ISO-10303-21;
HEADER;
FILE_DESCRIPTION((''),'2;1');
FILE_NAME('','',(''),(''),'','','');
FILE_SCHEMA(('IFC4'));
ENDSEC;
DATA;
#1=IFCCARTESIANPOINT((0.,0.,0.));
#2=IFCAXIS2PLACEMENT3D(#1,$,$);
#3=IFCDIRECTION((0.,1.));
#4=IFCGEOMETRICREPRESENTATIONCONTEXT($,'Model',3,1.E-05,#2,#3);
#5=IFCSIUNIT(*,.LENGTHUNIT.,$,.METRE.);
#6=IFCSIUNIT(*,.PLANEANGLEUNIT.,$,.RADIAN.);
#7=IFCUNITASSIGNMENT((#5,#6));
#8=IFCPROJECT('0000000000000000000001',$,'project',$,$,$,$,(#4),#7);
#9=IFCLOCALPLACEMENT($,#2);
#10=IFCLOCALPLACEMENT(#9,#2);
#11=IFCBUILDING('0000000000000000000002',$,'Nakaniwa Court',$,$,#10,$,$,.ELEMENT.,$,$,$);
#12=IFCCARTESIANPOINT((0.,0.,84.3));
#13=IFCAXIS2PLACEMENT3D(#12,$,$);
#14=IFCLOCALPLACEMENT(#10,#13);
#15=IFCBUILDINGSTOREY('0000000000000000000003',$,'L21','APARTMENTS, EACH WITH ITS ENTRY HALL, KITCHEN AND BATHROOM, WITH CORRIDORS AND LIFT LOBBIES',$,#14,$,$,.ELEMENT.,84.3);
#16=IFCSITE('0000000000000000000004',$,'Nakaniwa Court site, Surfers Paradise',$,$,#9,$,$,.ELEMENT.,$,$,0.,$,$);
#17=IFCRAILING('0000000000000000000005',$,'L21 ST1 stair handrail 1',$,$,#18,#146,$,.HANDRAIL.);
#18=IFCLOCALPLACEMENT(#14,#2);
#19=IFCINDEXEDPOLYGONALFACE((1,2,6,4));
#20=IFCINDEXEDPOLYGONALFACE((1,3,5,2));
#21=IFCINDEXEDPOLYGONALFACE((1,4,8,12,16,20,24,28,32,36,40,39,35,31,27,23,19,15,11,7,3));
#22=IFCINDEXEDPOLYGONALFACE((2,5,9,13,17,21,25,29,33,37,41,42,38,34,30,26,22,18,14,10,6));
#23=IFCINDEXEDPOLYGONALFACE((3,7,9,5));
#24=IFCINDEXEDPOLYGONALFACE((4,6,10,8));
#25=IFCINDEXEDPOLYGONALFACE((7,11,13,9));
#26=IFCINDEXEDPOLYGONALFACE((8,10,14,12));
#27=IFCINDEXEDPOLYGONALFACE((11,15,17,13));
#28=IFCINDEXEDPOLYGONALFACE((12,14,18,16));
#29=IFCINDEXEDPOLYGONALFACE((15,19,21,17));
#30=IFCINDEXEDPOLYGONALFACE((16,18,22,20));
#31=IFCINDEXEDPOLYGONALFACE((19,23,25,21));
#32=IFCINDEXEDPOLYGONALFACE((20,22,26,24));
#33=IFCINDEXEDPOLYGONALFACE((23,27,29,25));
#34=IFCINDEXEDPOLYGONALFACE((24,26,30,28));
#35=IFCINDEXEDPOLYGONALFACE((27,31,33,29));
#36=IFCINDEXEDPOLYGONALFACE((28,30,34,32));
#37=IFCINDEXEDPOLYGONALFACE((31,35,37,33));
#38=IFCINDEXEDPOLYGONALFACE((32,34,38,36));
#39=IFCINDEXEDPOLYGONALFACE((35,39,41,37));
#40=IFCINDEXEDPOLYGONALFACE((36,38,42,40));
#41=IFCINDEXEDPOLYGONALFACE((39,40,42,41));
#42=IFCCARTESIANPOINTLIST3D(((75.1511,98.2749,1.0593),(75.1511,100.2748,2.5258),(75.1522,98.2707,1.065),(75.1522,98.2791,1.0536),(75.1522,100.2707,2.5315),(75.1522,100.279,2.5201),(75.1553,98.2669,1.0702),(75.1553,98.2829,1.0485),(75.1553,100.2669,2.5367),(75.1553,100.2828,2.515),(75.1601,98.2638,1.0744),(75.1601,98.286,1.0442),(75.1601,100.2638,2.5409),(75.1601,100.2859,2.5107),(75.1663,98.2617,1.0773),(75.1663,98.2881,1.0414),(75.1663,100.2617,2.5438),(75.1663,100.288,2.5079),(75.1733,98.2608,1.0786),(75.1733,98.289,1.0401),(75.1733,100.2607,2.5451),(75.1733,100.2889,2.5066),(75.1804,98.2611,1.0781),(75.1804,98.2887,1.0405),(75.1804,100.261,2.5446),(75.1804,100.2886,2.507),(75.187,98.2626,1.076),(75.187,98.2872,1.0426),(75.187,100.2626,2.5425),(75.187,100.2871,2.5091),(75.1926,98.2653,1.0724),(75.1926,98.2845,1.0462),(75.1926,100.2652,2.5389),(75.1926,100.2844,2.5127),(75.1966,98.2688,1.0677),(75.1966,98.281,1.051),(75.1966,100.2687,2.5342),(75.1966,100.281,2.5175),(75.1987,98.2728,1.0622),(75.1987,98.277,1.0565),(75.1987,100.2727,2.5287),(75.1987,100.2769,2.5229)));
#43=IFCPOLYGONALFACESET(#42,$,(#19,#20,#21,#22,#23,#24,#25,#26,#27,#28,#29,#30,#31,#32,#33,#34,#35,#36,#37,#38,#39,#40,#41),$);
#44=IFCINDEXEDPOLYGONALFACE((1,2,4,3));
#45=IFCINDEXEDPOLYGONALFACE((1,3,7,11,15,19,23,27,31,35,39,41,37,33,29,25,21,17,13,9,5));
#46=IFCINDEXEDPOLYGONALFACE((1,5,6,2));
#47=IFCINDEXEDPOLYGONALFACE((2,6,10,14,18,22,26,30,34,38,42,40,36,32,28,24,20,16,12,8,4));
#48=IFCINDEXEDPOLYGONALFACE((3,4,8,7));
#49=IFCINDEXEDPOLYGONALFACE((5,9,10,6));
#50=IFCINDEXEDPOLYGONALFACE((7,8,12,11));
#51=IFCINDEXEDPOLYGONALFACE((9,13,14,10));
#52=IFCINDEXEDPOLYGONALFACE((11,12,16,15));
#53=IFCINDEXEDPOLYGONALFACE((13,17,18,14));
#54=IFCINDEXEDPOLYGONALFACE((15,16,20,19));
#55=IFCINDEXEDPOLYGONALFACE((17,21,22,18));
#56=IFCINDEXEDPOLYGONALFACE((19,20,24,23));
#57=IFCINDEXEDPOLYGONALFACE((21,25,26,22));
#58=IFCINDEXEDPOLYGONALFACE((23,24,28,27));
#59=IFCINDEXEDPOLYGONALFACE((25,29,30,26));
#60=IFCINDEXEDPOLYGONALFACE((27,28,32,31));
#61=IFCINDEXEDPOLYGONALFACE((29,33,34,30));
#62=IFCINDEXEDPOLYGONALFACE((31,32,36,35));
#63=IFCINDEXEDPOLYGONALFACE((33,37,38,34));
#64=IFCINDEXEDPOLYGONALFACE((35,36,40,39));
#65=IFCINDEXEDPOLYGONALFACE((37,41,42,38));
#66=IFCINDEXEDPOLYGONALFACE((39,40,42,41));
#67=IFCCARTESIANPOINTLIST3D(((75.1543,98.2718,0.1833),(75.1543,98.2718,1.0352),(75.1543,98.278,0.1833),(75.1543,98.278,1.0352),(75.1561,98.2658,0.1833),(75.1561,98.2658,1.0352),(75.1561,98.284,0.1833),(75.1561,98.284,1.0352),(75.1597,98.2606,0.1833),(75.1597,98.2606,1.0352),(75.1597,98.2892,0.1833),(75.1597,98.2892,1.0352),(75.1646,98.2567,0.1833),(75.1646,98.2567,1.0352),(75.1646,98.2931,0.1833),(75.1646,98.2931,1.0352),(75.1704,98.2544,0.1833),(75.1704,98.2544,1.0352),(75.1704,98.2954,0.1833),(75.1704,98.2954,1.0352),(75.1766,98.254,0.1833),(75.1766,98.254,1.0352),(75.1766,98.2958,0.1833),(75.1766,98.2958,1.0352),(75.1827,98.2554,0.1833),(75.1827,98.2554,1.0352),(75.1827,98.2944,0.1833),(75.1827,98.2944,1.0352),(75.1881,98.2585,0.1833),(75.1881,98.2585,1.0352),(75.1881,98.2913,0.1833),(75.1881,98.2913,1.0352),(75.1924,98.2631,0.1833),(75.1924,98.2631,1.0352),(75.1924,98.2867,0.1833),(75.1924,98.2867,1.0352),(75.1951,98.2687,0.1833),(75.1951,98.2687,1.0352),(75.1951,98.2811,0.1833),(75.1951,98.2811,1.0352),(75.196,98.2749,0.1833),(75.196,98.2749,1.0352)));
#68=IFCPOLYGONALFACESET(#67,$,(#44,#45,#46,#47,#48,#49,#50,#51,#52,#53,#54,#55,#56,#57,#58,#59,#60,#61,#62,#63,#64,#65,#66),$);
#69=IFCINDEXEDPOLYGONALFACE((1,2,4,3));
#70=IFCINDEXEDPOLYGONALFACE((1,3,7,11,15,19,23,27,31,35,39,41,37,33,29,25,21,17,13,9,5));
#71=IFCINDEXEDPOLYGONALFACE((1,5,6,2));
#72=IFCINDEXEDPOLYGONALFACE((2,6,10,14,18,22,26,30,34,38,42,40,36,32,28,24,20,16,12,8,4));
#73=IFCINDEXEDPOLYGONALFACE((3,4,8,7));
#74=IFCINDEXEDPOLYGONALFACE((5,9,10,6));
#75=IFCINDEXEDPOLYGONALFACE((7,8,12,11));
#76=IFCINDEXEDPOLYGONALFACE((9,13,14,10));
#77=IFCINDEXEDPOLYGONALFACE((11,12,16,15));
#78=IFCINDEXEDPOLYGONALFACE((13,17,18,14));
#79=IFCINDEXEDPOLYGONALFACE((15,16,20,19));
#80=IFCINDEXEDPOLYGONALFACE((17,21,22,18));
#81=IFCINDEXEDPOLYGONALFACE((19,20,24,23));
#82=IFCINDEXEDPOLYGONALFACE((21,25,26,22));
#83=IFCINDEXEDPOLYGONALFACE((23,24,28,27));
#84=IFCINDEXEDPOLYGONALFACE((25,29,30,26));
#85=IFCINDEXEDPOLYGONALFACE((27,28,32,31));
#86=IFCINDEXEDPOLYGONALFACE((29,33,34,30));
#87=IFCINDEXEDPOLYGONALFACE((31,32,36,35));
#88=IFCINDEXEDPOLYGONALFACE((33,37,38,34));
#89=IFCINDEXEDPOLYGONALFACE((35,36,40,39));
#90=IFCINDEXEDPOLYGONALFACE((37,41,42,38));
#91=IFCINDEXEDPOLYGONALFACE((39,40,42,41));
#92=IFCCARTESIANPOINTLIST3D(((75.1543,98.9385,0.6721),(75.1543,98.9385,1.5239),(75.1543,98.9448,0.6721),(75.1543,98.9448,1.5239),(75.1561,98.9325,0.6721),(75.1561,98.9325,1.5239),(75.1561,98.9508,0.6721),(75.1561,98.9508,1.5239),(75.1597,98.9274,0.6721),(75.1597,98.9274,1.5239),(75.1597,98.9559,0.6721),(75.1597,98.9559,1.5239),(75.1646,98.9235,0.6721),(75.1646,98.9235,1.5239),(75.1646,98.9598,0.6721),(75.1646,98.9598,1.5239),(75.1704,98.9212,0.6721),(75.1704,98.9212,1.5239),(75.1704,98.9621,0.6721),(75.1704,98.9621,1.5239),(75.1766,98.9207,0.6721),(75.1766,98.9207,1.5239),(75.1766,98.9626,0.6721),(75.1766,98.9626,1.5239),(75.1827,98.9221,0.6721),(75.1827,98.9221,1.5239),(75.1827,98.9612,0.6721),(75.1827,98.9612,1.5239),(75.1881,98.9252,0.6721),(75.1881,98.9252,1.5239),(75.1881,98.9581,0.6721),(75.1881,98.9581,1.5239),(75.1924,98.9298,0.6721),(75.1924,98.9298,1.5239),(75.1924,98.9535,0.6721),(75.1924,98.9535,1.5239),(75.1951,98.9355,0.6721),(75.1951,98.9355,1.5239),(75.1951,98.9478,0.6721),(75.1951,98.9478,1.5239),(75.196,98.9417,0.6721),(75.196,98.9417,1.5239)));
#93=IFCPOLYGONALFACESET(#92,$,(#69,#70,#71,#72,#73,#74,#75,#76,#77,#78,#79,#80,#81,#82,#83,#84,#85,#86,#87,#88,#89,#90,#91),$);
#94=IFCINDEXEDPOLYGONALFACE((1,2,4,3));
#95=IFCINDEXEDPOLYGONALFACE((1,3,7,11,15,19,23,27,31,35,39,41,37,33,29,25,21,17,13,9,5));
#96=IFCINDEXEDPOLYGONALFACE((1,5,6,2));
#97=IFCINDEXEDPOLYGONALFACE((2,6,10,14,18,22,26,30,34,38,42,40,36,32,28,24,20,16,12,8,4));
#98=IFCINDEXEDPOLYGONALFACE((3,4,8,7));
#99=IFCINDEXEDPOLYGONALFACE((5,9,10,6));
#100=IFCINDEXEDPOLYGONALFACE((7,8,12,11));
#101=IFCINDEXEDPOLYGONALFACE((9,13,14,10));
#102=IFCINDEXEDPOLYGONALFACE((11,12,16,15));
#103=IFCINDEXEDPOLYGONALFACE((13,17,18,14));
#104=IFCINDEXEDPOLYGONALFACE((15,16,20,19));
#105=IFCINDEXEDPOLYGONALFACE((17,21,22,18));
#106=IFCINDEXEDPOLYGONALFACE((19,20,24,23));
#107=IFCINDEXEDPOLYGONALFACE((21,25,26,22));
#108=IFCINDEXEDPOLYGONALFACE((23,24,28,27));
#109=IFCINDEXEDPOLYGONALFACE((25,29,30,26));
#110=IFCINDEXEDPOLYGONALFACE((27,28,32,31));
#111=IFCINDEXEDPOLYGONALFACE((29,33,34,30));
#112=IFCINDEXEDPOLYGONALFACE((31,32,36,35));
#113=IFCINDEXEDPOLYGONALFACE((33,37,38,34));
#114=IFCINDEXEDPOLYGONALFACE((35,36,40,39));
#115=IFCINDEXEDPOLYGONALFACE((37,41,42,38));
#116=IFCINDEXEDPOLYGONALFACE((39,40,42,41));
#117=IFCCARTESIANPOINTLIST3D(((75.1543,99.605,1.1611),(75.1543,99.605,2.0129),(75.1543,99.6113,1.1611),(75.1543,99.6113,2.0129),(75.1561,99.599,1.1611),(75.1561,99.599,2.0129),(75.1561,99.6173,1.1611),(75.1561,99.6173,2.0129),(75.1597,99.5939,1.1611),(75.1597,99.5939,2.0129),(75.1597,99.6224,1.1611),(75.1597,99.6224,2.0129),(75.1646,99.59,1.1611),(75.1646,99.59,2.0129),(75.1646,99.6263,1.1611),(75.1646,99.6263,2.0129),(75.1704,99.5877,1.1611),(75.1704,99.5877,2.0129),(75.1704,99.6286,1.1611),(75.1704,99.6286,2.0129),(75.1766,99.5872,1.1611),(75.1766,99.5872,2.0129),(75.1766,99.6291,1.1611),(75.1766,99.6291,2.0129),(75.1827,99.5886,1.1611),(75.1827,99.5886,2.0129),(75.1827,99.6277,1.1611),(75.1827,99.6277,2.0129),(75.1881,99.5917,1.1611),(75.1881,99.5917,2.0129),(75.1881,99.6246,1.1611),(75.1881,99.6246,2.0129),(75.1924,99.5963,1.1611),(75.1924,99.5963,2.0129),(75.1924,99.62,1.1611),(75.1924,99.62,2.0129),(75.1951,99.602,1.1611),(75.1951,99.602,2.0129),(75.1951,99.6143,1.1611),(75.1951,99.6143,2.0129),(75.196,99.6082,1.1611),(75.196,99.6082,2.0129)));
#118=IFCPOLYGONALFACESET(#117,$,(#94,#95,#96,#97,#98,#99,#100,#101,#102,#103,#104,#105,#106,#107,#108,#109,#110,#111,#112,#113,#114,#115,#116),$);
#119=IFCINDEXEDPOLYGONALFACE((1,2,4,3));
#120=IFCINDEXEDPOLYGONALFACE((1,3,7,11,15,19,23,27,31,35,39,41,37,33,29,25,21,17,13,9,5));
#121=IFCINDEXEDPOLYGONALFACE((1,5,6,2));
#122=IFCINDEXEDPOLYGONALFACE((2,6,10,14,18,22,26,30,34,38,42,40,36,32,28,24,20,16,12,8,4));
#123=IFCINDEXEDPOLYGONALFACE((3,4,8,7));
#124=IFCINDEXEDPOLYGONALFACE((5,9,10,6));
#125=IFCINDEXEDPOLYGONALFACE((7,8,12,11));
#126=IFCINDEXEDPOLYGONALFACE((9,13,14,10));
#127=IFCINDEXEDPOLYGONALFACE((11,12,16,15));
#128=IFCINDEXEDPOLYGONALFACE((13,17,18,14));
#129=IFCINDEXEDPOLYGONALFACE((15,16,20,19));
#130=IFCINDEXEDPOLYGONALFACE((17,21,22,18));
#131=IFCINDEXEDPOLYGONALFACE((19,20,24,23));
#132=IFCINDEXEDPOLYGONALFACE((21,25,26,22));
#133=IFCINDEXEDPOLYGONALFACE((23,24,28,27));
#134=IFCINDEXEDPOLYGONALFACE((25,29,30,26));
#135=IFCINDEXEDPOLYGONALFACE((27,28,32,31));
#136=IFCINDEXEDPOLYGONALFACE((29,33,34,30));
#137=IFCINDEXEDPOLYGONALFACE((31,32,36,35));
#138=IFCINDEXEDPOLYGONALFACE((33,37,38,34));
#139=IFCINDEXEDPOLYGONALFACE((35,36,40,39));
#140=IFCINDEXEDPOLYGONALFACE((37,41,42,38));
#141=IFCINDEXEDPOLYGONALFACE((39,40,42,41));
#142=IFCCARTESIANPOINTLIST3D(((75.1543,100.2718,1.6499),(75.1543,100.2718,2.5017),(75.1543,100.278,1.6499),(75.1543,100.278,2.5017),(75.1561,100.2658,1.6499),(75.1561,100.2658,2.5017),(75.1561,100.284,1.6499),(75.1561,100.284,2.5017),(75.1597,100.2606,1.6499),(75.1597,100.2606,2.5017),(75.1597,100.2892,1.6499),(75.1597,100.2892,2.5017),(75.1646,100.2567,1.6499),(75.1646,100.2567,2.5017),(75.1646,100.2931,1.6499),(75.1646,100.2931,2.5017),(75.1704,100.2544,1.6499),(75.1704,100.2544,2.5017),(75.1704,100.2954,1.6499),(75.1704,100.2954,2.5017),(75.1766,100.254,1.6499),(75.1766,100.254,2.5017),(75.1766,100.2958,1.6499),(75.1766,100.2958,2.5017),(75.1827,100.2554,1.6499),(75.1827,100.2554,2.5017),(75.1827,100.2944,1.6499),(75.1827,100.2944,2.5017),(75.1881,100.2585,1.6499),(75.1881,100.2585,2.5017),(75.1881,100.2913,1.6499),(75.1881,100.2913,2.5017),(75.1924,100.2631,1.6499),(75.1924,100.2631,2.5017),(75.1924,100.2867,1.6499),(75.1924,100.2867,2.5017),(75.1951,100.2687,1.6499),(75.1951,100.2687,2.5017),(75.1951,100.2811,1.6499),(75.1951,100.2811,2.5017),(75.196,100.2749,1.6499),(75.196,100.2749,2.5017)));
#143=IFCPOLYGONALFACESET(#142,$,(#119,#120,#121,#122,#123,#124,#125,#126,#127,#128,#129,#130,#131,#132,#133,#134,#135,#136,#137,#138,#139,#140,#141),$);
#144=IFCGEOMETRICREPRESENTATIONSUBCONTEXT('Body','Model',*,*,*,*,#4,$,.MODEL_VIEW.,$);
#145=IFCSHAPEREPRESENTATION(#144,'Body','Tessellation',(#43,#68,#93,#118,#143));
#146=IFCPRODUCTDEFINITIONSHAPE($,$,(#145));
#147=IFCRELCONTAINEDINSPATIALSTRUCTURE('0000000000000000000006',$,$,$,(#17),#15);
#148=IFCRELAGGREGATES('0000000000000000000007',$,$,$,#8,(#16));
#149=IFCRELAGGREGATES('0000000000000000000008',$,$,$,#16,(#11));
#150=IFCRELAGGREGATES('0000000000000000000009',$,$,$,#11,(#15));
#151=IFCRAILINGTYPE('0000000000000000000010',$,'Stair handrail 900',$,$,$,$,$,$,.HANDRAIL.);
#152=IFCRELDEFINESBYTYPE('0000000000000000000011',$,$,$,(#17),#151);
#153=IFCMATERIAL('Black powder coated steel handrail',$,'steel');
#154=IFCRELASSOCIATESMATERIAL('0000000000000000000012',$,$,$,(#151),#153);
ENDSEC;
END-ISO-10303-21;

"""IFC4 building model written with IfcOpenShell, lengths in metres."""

from ifc_helpers import new_model, si_unit, direction, frame, origin, origin_2d, place, context, subcontext, project, spatial, circle, extrude, material, type_object, element, save


model = new_model("IFC4")

# Units and contexts
model_context = context("Model", 3, precision=1e-05, world=origin(), true_north=direction((0.0, 1.0)))
body_context = subcontext(model_context, "Body", "Model", "MODEL_VIEW")
ifc_project = project(units=[si_unit("LENGTHUNIT", "METRE"), si_unit("PLANEANGLEUNIT", "RADIAN")], contexts=[model_context])

# Site, building, storey
site_placement = place(None, origin())
site = spatial("IfcSite", under=ifc_project, at=site_placement, Name="Nakaniwa Court site, Surfers Paradise", CompositionType="ELEMENT", RefElevation=0.0)
building_placement = place(site_placement, origin())
building = spatial("IfcBuilding", under=site, at=building_placement, Name="Nakaniwa Court", CompositionType="ELEMENT")
storey_placement = place(building_placement, frame((0.0, 0.0, 84.3)))
storey = spatial("IfcBuildingStorey", under=building, at=storey_placement, Name="L21", Description="APARTMENTS, EACH WITH ITS ENTRY HALL, KITCHEN AND BATHROOM, WITH CORRIDORS AND LIFT LOBBIES", CompositionType="ELEMENT", Elevation=84.3)

# Railing
ifc_material_1 = material(Name="Black powder coated steel handrail", Category="steel")
railing_type_1 = type_object("IfcRailingType", Name="Stair handrail 900", PredefinedType="HANDRAIL", material=ifc_material_1)
railing_1_placement = place(storey_placement, frame((75.175, 98.2749, 0.1833)))
element("IfcRailing", 1, at=railing_1_placement, inside=storey, type_object=railing_type_1, Name="L21 ST1 stair handrail 1", PredefinedType="HANDRAIL", context=body_context, shape_type="SweptSolid", body=[
    extrude(circle(Radius=0.0239, at=origin_2d()), frame((0.0, 0.0, 0.876), z_axis=(0.0, 0.806427, 0.591334), x_axis=(-1.0, 0.0, 0.0)), (0.0, 0.0, 1.0), 2.48),
    extrude(circle(Radius=0.021, at=origin_2d()), origin(), (0.0, 0.0, 1.0), 0.8518),
    extrude(circle(Radius=0.021, at=origin_2d()), frame((0.0, 0.6667, 0.4888)), (0.0, 0.0, 1.0), 0.8518),
    extrude(circle(Radius=0.021, at=origin_2d()), frame((0.0, 1.3333, 0.9778)), (0.0, 0.0, 1.0), 0.8518),
    extrude(circle(Radius=0.021, at=origin_2d()), frame((0.0, 2.0, 1.4666)), (0.0, 0.0, 1.0), 0.8518),
])

save(model, "model.ifc")
